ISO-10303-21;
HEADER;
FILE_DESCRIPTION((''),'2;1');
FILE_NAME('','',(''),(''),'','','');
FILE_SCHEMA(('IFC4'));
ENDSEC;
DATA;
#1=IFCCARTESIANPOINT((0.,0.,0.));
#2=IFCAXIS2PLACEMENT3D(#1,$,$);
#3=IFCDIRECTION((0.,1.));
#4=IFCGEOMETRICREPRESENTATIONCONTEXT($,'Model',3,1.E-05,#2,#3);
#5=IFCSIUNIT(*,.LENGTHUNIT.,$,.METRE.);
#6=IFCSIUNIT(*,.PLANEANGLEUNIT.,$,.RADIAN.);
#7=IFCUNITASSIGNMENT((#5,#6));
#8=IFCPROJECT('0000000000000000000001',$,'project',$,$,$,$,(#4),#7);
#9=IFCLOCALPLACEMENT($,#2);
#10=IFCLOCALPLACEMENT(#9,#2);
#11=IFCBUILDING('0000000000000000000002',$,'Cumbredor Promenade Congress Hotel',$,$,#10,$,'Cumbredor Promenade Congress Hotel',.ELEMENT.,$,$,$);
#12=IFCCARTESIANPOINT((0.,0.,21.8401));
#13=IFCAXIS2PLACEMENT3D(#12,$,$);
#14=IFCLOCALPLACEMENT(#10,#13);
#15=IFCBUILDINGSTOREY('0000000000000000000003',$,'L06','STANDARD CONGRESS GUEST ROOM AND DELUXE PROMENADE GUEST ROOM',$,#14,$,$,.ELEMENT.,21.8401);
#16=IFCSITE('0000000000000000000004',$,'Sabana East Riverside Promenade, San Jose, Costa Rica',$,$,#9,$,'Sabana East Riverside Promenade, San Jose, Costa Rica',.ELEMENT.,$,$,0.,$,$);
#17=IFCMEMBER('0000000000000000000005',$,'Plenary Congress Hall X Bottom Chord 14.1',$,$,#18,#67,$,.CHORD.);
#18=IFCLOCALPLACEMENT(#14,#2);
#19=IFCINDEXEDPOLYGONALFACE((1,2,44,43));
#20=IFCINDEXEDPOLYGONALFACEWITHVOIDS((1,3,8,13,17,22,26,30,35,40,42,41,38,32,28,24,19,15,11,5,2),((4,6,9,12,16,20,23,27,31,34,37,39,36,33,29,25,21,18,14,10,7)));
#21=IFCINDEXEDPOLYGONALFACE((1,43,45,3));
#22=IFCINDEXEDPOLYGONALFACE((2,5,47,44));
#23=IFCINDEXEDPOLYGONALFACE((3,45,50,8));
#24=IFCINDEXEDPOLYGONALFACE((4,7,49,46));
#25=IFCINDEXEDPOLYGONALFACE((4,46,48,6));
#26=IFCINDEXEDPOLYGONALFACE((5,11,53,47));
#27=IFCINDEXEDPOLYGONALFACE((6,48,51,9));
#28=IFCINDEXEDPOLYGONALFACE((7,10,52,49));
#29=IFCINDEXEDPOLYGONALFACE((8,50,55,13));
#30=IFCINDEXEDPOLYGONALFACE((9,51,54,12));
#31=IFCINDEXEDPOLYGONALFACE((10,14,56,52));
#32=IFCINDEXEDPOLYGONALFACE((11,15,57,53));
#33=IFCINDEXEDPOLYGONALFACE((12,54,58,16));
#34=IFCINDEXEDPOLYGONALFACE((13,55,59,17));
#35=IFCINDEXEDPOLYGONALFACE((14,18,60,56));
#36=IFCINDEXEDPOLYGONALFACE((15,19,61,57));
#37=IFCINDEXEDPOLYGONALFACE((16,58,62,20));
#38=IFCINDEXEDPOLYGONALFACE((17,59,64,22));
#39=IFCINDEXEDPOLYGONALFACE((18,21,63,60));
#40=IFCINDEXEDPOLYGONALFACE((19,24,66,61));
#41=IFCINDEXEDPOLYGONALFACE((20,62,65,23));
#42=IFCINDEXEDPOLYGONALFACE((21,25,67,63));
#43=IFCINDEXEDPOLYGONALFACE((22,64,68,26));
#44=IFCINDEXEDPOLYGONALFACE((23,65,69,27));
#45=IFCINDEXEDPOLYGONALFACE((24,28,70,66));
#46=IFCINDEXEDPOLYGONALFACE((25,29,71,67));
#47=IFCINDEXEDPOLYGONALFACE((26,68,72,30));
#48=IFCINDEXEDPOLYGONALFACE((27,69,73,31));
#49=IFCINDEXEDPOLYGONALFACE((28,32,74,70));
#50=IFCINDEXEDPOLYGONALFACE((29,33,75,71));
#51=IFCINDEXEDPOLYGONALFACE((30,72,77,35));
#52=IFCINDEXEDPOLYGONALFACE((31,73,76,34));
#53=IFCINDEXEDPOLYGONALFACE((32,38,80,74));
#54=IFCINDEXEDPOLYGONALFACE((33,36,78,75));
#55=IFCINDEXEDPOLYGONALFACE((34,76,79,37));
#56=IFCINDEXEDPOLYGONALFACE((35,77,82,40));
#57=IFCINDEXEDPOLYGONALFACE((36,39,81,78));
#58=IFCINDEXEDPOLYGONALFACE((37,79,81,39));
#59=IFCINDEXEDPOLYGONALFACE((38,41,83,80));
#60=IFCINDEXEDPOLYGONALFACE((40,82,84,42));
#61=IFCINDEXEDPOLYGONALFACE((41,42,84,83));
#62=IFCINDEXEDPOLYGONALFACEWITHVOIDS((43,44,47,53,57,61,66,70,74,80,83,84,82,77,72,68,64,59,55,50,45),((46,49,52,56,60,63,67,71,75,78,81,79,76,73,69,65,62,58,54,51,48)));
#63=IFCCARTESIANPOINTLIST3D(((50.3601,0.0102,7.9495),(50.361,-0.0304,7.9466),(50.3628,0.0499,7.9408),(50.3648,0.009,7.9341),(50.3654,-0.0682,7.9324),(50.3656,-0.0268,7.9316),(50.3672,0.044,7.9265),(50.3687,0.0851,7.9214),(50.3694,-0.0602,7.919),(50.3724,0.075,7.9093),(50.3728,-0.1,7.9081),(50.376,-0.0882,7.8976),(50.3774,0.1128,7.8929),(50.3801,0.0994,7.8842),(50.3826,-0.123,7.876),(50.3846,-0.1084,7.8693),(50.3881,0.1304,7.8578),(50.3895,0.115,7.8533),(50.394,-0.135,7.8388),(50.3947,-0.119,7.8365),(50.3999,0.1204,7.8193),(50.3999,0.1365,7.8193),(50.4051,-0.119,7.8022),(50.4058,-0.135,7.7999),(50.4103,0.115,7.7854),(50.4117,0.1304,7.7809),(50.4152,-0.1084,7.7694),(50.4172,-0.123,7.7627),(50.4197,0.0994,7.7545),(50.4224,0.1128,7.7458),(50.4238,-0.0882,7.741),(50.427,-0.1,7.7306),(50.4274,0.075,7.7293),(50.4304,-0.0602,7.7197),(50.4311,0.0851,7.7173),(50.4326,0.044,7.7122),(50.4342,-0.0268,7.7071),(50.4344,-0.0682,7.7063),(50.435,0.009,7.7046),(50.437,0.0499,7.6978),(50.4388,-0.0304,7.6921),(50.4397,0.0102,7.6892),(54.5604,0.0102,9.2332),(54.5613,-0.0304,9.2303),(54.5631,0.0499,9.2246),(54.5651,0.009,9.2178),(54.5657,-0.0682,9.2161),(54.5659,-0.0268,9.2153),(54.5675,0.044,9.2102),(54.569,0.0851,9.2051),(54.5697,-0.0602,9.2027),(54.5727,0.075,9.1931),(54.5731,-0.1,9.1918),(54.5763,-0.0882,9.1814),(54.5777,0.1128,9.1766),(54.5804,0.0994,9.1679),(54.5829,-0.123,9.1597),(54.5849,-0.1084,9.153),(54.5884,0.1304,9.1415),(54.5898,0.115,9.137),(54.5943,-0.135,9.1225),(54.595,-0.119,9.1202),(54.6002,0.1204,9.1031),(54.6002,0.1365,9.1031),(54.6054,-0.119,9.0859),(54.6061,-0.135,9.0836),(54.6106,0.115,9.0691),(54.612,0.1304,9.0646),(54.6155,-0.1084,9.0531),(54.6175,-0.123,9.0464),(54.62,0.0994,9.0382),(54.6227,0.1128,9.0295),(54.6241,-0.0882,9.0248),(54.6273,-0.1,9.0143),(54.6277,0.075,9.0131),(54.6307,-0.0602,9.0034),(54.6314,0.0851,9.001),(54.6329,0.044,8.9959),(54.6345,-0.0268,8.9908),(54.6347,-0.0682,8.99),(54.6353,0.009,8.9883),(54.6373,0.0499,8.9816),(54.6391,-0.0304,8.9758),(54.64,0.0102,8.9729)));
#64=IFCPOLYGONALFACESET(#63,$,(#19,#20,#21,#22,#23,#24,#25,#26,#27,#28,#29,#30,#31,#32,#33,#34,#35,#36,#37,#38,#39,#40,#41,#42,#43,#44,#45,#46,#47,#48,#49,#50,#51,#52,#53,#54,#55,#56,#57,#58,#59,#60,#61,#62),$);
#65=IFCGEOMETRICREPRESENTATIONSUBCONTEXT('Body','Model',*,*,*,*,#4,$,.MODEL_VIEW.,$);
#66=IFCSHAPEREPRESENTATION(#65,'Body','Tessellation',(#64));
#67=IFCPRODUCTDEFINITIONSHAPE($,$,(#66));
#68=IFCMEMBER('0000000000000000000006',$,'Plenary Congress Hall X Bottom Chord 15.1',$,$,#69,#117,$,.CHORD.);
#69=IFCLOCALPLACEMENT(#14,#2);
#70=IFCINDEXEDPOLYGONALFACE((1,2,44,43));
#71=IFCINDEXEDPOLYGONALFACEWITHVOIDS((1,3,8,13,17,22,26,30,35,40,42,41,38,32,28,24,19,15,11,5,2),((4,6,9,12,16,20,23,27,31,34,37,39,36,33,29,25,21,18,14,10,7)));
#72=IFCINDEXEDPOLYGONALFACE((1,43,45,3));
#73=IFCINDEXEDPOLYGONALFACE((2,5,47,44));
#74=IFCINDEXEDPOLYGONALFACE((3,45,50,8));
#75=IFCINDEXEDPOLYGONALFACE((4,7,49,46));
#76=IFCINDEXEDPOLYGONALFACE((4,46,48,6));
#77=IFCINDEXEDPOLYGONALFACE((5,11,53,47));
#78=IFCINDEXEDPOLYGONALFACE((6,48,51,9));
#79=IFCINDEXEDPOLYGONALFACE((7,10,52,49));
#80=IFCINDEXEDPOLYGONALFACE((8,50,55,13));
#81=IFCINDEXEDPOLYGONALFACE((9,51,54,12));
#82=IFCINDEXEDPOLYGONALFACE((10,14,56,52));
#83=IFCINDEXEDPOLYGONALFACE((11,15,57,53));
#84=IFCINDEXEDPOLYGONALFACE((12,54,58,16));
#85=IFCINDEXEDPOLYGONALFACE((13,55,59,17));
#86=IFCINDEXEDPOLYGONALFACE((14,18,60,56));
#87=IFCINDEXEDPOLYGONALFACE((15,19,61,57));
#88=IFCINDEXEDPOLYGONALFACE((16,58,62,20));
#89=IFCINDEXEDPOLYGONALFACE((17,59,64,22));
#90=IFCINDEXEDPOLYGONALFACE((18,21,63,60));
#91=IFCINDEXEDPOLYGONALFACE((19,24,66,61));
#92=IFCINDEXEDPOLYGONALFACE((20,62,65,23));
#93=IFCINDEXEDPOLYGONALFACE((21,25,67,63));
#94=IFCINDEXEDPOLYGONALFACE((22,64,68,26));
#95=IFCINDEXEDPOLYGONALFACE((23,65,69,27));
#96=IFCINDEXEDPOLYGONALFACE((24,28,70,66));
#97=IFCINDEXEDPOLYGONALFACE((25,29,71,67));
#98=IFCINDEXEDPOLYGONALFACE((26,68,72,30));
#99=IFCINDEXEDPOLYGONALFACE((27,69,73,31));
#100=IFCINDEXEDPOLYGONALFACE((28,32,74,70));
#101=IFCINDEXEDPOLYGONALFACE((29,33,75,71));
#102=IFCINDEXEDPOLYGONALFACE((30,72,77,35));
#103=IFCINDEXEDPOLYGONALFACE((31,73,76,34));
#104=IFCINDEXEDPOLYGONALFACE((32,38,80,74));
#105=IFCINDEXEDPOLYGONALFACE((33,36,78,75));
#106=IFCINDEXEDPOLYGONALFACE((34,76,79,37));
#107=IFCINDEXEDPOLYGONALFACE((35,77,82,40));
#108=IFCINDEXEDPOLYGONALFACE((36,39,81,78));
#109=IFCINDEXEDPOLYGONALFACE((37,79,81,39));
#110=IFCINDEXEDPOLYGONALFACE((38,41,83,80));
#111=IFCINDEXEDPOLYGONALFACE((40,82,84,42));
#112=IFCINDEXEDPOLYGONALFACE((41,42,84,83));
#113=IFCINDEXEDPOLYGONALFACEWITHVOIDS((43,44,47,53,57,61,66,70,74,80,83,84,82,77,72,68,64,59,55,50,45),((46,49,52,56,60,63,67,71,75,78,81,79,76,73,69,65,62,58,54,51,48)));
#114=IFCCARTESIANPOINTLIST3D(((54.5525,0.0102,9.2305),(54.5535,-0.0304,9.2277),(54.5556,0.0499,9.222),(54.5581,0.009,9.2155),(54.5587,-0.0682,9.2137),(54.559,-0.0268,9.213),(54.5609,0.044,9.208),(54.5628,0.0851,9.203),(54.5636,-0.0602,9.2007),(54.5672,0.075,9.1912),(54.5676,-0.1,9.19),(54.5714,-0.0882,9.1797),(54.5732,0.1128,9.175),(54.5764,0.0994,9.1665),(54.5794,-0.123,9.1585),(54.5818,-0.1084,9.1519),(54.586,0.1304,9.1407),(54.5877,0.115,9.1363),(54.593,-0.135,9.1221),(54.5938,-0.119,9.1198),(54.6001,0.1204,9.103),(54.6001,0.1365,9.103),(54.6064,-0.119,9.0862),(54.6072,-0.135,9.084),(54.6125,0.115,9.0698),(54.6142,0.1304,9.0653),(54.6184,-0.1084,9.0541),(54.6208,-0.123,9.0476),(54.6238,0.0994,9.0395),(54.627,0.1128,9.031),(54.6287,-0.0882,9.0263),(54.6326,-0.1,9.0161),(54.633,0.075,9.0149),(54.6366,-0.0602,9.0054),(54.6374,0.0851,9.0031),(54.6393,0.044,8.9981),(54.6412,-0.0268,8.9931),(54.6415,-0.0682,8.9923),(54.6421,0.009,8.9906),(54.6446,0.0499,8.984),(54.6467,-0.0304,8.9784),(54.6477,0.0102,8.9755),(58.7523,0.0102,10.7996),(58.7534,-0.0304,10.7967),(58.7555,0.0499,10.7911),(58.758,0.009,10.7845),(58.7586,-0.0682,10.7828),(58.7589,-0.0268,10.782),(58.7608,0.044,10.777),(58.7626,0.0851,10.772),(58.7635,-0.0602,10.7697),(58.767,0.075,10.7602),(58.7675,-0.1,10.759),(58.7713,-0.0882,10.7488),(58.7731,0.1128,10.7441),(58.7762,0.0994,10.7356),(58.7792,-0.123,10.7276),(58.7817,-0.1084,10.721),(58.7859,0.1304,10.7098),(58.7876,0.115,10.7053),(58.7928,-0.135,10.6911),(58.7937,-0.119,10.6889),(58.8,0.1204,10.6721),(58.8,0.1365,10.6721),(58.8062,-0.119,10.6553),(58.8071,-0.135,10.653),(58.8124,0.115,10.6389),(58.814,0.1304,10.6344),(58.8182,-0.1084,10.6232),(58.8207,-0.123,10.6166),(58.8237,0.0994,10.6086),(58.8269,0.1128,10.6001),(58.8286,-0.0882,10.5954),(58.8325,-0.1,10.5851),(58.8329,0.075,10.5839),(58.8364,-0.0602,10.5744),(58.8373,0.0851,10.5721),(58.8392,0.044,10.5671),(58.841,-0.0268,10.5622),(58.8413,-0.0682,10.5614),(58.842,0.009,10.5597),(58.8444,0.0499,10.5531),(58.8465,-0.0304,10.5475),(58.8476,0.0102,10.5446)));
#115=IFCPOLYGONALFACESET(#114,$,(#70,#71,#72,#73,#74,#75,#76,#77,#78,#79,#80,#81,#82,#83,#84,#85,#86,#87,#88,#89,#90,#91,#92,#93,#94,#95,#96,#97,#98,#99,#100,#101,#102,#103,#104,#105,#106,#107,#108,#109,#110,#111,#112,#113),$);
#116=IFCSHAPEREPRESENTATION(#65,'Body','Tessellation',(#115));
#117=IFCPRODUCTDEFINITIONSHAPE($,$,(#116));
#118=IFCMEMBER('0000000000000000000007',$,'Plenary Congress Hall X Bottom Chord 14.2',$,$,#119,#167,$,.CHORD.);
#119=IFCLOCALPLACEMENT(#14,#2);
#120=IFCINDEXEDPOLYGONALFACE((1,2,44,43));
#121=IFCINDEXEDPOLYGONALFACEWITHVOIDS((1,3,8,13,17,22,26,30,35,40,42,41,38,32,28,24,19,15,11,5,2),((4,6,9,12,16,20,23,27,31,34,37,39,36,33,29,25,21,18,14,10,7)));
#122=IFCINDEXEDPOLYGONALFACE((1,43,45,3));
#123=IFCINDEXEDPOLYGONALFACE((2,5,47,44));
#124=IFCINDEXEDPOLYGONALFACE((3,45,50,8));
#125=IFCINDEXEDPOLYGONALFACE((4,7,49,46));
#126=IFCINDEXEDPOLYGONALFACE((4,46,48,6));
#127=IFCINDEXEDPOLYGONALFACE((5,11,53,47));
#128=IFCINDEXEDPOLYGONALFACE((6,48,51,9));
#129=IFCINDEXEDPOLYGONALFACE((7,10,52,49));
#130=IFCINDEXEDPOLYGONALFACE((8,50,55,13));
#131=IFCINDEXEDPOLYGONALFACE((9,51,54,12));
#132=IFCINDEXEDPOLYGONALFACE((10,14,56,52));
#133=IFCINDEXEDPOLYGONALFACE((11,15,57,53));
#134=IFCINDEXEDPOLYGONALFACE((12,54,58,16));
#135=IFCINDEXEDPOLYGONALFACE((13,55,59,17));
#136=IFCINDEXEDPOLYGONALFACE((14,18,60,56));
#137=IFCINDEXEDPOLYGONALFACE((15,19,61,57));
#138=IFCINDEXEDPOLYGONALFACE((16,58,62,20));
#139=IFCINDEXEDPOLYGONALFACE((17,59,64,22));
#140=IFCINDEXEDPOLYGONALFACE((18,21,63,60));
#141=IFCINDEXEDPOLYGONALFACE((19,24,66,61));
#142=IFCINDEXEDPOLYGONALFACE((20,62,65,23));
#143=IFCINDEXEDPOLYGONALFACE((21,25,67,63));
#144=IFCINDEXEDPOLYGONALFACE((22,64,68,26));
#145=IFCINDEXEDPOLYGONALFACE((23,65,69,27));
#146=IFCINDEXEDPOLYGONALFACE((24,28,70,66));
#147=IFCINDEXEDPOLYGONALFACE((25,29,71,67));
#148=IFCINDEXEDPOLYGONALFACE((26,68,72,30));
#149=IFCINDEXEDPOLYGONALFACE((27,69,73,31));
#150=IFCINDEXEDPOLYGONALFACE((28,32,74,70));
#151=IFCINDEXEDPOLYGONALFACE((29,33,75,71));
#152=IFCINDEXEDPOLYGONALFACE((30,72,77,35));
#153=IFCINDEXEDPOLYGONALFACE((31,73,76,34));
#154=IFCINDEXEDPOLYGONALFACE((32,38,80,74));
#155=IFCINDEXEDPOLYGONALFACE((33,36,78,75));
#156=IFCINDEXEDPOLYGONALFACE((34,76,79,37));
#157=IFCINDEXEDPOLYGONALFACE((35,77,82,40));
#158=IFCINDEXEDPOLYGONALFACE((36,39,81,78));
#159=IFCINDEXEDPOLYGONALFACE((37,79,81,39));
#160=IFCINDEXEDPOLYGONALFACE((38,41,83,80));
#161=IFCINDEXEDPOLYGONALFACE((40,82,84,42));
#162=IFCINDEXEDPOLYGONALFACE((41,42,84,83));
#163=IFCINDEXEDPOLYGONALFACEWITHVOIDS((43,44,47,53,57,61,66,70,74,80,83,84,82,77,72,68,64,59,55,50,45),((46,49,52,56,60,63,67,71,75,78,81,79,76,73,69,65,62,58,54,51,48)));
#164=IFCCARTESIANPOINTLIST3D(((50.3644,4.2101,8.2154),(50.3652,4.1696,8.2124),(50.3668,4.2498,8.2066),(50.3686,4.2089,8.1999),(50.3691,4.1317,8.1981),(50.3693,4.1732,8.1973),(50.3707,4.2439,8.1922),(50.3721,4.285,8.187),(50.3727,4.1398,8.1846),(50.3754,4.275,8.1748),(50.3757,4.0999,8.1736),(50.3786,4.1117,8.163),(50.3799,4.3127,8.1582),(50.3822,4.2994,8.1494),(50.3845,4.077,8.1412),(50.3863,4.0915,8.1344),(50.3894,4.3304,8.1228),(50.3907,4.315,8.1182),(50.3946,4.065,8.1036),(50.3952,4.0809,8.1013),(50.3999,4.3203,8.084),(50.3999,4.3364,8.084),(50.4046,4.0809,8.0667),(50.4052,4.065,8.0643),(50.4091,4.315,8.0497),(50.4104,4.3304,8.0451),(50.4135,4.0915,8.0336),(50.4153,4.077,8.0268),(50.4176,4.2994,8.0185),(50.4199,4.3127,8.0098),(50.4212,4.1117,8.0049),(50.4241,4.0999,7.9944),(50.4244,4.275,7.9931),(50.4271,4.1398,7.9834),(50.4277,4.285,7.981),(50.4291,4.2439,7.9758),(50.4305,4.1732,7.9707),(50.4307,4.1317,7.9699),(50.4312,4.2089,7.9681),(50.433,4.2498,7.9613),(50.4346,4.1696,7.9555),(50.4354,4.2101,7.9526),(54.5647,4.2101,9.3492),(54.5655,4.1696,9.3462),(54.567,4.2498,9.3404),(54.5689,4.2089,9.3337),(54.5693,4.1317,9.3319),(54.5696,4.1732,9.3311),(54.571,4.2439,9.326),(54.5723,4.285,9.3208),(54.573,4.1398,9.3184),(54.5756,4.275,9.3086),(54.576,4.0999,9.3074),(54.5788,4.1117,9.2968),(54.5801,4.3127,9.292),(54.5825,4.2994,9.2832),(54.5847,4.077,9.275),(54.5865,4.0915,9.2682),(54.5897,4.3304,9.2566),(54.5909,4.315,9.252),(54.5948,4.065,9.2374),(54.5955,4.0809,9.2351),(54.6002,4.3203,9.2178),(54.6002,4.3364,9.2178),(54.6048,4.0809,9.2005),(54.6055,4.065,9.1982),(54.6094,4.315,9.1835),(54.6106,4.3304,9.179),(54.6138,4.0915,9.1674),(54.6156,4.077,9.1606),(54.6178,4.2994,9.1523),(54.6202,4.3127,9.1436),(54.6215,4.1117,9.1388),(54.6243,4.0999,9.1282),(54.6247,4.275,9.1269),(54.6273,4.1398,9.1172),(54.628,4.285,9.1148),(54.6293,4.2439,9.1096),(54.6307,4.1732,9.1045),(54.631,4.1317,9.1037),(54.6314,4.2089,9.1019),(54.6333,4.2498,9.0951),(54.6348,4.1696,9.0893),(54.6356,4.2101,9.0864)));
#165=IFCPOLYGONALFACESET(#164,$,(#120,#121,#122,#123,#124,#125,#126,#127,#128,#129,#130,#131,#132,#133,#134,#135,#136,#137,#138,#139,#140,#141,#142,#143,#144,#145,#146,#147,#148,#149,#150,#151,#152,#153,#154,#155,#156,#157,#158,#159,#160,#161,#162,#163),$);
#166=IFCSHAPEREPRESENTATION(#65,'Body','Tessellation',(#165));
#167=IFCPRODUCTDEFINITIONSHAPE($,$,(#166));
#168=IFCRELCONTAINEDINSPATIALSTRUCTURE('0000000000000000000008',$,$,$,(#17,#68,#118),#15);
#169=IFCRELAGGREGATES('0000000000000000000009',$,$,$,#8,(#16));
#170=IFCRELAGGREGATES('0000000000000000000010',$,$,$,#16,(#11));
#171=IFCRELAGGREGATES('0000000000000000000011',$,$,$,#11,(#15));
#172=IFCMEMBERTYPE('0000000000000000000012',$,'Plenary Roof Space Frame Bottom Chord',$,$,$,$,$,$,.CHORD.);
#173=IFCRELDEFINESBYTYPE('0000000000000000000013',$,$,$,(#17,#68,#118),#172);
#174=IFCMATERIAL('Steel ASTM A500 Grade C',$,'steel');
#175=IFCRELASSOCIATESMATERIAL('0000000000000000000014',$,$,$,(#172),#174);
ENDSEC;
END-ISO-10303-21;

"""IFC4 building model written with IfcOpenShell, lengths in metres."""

from ifc_helpers import new_model, si_unit, direction, frame, origin, origin_2d, place, context, subcontext, project, spatial, hollow_circle, extrude, material, material_profile, profile_set, type_object, element, save


model = new_model("IFC4")

# Units and contexts
model_context = context("Model", 3, precision=1e-05, world=origin(), true_north=direction((0.0, 1.0)))
body_context = subcontext(model_context, "Body", "Model", "MODEL_VIEW")
ifc_project = project(units=[si_unit("LENGTHUNIT", "METRE"), si_unit("PLANEANGLEUNIT", "RADIAN")], contexts=[model_context])

# Site, building, storey
site_placement = place(None, origin())
site = spatial("IfcSite", under=ifc_project, at=site_placement, Name="Sabana East Riverside Promenade, San Jose, Costa Rica", LongName="Sabana East Riverside Promenade, San Jose, Costa Rica", CompositionType="ELEMENT", RefElevation=0.0)
building_placement = place(site_placement, origin())
building = spatial("IfcBuilding", under=site, at=building_placement, Name="Cumbredor Promenade Congress Hotel", LongName="Cumbredor Promenade Congress Hotel", CompositionType="ELEMENT")
storey_placement = place(building_placement, frame((0.0, 0.0, 21.8401)))
storey = spatial("IfcBuildingStorey", under=building, at=storey_placement, Name="L06", Description="STANDARD CONGRESS GUEST ROOM AND DELUXE PROMENADE GUEST ROOM", CompositionType="ELEMENT", Elevation=21.8401)

# Members
ifc_material_1 = material(Name="Steel ASTM A500 Grade C", Category="steel")
ifc_material_profile_1 = material_profile(ifc_material_1, hollow_circle(Radius=0.1365, WallThickness=0.0161, at=origin_2d()), Name="CHS 273.0x16")
ifc_profile_set_1 = profile_set([ifc_material_profile_1], Name="Steel ASTM A500 Grade C")
member_type_1 = type_object("IfcMemberType", Name="Plenary Roof Space Frame Bottom Chord", PredefinedType="CHORD", material=ifc_profile_set_1)
member_1_placement = place(storey_placement, frame((50.3999, 0.0, 7.8193), z_axis=(0.956333, 0.0, 0.292281), x_axis=(0.0, 1.0, 0.0)))
element("IfcMember", 1, at=member_1_placement, inside=storey, type_object=member_type_1, Name="Plenary Congress Hall X Bottom Chord 14.1", PredefinedType="CHORD", context=body_context, shape_type="SweptSolid", body=[
    extrude(hollow_circle(Radius=0.1365, WallThickness=0.0161, at=origin_2d()), origin(), (0.0, 0.0, 1.0), 4.3921),
])
member_2_placement = place(storey_placement, frame((54.6001, 0.0, 9.103), z_axis=(0.93676, 0.0, 0.349971), x_axis=(0.0, 1.0, 0.0)))
element("IfcMember", 2, at=member_2_placement, inside=storey, type_object=member_type_1, Name="Plenary Congress Hall X Bottom Chord 15.1", PredefinedType="CHORD", context=body_context, shape_type="SweptSolid", body=[
    extrude(hollow_circle(Radius=0.1365, WallThickness=0.0161, at=origin_2d()), origin(), (0.0, 0.0, 1.0), 4.4834),
])
member_3_placement = place(storey_placement, frame((50.3999, 4.2, 8.084), z_axis=(0.965444, 0.0, 0.260609), x_axis=(0.0, 1.0, 0.0)))
element("IfcMember", 3, at=member_3_placement, inside=storey, type_object=member_type_1, Name="Plenary Congress Hall X Bottom Chord 14.2", PredefinedType="CHORD", context=body_context, shape_type="SweptSolid", body=[
    extrude(hollow_circle(Radius=0.1365, WallThickness=0.0161, at=origin_2d()), origin(), (0.0, 0.0, 1.0), 4.3506),
])

save(model, "model.ifc")
